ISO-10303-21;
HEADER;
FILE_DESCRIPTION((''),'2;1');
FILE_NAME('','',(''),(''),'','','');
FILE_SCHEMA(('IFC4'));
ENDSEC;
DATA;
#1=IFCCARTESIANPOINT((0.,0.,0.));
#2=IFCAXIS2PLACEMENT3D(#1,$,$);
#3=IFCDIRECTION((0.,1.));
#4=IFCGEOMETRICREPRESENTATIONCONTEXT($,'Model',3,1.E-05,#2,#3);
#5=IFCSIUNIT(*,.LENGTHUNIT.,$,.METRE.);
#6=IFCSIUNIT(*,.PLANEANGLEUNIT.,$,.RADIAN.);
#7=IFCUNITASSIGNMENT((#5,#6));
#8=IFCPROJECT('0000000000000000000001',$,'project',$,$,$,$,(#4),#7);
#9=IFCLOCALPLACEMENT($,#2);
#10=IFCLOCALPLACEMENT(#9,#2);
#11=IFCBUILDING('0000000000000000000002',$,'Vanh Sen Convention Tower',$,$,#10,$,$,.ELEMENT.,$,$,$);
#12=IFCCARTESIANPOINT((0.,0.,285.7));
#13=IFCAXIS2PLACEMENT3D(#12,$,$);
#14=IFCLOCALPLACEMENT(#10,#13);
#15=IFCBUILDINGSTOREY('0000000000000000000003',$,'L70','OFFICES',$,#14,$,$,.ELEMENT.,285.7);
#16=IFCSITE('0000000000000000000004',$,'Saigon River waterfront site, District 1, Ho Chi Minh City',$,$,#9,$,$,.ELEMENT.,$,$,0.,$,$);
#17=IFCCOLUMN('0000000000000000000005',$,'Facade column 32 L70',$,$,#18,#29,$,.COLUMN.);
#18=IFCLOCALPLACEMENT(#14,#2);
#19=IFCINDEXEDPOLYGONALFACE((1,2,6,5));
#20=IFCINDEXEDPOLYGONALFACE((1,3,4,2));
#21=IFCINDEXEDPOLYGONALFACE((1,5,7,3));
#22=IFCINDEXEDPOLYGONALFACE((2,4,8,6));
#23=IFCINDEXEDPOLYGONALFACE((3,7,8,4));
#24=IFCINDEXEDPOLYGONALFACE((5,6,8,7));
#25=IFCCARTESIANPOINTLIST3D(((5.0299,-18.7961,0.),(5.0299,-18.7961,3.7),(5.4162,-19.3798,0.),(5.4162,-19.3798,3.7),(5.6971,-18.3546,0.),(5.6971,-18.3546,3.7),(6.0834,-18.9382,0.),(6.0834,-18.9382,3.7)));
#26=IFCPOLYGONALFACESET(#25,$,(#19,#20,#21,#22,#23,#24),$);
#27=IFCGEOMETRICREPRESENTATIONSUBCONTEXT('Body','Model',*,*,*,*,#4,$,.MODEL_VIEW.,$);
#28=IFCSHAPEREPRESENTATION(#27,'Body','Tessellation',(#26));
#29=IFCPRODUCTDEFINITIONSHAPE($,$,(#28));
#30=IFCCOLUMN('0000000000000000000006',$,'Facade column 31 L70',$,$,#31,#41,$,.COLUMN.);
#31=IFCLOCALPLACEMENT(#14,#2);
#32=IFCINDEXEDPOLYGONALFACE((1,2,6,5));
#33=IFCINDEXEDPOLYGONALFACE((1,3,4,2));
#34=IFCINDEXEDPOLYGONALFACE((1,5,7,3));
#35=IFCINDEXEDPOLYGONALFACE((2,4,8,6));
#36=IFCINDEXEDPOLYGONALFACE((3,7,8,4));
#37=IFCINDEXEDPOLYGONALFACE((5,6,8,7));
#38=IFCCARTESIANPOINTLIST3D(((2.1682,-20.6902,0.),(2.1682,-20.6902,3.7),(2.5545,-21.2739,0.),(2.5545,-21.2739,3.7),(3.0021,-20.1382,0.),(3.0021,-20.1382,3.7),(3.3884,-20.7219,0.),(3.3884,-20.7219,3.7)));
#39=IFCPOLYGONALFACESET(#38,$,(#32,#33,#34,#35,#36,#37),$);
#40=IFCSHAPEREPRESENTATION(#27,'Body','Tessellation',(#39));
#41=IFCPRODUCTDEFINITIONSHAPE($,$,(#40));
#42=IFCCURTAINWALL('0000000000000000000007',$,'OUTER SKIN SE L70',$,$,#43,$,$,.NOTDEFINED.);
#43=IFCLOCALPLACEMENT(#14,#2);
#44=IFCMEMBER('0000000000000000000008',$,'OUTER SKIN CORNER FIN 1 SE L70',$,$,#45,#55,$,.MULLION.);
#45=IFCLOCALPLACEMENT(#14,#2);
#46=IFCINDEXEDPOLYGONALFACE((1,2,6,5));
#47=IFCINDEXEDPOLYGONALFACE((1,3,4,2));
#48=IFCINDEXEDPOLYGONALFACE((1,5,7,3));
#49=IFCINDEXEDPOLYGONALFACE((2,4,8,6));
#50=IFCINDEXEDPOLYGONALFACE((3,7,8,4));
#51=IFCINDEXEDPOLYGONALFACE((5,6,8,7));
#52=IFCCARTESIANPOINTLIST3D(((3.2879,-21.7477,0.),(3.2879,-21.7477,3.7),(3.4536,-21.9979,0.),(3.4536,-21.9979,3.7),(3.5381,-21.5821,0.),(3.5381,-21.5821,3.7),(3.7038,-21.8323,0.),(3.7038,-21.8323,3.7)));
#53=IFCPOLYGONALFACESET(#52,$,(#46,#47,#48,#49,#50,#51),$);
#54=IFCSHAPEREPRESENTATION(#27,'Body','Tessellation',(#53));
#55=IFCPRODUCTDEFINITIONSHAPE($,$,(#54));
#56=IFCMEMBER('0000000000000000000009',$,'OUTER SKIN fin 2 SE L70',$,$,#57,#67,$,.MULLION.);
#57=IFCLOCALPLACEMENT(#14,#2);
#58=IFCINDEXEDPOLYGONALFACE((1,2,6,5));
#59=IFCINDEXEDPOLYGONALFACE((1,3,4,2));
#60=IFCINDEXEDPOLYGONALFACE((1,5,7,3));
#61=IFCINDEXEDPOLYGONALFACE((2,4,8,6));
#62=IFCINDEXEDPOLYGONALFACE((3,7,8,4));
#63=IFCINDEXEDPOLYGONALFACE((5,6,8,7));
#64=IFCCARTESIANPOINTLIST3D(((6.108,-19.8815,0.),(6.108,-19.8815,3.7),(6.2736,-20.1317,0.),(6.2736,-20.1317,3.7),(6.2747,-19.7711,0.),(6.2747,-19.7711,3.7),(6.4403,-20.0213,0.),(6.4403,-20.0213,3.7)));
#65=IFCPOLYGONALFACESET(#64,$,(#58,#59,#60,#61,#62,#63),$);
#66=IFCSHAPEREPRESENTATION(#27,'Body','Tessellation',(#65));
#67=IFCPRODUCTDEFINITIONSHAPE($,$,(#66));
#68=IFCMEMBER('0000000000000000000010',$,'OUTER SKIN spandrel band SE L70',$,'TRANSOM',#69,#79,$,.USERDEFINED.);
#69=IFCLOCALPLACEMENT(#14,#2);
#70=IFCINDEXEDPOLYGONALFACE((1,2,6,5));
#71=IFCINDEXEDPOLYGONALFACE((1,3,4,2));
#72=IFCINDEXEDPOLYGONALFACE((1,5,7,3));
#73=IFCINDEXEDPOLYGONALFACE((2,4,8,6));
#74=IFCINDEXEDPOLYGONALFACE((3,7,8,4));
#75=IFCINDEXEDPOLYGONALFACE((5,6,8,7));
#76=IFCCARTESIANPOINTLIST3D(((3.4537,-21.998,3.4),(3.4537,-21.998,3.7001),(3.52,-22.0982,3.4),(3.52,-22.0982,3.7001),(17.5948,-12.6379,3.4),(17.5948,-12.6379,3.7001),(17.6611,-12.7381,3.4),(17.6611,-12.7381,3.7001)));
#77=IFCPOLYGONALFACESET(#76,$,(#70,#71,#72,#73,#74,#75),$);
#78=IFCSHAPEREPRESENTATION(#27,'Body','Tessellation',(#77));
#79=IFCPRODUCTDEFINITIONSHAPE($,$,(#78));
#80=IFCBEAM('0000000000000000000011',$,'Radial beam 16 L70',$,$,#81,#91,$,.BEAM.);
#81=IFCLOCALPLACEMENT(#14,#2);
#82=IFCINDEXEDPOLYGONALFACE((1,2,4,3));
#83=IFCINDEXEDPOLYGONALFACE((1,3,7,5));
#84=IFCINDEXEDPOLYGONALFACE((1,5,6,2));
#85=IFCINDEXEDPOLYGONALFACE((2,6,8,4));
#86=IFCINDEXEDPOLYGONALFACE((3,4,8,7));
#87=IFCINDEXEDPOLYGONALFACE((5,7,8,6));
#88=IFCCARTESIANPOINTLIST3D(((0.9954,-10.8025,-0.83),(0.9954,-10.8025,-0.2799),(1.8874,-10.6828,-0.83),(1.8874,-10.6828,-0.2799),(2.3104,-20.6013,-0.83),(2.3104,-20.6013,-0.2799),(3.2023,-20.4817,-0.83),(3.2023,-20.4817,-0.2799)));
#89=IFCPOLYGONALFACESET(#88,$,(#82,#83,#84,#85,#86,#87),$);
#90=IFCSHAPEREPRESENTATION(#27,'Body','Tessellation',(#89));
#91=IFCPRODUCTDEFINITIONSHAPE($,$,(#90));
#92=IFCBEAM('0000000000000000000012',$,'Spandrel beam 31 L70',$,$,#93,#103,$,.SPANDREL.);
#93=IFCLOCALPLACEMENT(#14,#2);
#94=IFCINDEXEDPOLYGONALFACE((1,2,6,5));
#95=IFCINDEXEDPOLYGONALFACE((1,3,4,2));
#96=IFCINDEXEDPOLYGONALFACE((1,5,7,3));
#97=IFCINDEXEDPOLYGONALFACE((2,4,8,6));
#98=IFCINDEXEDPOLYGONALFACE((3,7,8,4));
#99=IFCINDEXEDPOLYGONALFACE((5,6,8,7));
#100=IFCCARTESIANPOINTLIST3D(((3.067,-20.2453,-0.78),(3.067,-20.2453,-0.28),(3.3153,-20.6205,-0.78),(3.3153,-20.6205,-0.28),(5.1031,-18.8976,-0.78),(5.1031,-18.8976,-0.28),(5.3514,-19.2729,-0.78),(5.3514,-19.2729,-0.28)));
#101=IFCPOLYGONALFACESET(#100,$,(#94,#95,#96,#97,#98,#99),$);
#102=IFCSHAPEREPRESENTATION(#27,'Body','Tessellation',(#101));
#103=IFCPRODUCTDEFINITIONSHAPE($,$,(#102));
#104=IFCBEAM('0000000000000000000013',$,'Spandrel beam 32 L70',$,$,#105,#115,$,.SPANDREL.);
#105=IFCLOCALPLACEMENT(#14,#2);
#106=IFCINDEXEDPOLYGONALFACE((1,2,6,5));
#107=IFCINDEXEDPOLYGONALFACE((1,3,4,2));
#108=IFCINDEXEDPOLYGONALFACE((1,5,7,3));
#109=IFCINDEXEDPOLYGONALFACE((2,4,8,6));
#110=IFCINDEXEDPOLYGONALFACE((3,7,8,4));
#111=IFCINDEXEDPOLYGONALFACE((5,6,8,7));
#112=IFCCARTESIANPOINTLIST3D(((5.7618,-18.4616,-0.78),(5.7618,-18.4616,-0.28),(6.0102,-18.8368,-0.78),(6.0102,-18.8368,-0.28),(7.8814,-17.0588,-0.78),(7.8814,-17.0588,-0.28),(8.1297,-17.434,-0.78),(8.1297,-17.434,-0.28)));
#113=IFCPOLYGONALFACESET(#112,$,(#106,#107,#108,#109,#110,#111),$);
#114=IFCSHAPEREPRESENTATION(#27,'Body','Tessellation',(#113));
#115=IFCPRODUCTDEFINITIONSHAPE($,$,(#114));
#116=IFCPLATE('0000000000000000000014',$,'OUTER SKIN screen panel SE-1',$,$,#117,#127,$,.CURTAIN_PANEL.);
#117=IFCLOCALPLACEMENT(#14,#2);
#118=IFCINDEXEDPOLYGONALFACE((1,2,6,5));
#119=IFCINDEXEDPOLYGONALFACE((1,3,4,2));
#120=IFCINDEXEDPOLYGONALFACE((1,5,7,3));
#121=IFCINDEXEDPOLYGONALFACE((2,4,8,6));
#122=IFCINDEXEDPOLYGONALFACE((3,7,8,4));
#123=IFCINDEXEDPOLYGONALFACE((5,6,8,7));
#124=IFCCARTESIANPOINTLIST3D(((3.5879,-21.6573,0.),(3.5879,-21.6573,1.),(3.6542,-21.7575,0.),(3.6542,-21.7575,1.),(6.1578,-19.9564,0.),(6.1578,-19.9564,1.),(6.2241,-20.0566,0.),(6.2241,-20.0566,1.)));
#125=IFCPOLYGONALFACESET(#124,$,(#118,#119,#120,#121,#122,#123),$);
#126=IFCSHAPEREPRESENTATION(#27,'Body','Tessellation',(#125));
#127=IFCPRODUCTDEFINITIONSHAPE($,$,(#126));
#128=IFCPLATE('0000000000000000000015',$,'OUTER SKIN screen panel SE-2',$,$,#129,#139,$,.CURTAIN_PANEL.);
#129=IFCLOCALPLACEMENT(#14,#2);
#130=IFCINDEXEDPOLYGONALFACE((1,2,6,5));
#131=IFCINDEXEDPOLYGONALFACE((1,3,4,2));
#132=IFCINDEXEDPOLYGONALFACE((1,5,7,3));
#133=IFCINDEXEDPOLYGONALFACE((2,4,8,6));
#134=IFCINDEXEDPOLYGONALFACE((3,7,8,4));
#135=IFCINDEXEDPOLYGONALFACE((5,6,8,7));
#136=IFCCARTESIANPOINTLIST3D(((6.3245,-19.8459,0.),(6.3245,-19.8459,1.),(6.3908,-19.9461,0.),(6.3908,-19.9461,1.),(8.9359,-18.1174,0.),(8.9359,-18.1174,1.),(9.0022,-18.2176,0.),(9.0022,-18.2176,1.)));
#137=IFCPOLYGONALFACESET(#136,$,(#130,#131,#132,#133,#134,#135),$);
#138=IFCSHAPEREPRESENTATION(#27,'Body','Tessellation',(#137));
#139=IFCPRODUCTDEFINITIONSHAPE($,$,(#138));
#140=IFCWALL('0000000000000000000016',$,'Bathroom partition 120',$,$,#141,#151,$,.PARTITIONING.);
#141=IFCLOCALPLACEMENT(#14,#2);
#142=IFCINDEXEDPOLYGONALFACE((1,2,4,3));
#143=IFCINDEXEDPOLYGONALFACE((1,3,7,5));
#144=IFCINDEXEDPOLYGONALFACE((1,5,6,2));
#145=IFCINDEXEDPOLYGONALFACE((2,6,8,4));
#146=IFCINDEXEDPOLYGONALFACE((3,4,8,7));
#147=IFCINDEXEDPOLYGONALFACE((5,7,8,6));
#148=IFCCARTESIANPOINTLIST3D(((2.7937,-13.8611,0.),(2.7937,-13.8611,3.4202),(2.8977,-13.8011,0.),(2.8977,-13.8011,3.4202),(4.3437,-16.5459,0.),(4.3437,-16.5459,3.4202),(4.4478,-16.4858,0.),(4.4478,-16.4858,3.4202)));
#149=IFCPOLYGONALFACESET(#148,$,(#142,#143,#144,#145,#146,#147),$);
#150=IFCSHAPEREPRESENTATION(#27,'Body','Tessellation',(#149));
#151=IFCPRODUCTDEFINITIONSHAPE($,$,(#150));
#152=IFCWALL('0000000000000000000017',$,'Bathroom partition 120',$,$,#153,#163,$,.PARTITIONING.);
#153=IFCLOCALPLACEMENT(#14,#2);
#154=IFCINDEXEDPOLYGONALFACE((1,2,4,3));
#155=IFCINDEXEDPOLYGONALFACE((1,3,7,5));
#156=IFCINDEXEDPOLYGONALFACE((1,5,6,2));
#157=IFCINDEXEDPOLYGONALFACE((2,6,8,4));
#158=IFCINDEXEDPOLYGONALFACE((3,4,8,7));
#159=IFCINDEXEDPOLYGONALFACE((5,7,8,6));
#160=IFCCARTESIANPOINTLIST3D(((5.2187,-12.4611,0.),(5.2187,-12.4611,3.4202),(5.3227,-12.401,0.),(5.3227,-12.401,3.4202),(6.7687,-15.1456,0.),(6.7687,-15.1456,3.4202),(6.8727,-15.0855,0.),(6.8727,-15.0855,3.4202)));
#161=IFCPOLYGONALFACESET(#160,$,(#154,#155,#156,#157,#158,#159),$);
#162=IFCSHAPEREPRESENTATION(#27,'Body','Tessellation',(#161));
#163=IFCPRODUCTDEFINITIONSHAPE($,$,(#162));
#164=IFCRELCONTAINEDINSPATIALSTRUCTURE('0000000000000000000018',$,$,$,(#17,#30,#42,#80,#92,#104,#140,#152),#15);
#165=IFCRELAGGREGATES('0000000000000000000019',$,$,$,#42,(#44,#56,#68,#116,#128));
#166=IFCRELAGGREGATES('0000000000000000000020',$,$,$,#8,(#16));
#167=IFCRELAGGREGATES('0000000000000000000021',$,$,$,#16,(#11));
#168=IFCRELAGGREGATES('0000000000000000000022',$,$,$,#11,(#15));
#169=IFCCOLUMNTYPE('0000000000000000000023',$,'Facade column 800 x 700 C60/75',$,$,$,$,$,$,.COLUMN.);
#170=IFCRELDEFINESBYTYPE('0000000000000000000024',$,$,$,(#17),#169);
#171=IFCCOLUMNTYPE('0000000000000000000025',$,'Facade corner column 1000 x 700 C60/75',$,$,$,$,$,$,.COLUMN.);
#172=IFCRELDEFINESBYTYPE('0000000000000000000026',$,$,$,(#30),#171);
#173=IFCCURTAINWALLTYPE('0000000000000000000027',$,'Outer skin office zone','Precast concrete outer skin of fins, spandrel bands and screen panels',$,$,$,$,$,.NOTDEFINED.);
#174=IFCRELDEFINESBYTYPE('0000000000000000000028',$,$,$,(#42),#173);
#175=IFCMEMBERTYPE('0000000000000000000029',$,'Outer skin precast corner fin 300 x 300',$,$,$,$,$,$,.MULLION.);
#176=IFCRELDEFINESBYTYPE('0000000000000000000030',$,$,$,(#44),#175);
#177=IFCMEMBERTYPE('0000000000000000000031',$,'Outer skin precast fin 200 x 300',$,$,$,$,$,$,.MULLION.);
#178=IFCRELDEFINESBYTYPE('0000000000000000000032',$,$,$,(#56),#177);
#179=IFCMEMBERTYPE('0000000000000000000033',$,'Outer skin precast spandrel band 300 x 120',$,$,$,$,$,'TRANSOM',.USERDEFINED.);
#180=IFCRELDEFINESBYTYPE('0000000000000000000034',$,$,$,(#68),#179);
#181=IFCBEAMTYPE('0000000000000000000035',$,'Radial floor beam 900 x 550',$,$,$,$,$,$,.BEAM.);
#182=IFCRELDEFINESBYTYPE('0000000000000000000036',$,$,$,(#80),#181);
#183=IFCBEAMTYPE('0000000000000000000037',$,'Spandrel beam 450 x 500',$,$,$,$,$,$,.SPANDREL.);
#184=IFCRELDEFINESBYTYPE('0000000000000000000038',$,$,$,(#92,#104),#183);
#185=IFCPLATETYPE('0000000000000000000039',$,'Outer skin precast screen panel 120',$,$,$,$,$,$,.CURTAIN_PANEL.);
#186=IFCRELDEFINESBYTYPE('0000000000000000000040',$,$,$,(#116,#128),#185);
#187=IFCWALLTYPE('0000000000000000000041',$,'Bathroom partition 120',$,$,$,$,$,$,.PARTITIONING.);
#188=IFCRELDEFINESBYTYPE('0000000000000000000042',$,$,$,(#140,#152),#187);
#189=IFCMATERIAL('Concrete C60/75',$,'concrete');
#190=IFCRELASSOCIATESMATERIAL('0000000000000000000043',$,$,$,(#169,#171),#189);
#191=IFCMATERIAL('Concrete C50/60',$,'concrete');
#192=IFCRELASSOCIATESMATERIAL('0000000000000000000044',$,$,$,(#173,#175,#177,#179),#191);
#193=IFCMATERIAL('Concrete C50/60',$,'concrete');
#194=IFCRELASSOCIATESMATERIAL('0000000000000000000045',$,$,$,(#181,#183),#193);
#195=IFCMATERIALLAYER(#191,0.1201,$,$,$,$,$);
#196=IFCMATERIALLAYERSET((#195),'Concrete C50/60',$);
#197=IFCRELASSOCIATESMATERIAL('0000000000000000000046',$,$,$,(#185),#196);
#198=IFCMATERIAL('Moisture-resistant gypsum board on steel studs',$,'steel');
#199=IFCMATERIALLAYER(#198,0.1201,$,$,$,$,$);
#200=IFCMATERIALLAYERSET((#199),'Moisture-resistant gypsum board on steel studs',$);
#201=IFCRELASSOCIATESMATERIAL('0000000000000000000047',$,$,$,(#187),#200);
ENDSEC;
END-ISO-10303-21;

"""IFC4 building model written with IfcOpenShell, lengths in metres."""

from ifc_helpers import new_model, si_unit, direction, frame, frame_2d, origin, origin_2d, place, context, subcontext, project, spatial, rectangle, extrude, material, layer, layer_set, material_profile, profile_set, type_object, element, aggregate, save


model = new_model("IFC4")

# Units and contexts
model_context = context("Model", 3, precision=1e-05, world=origin(), true_north=direction((0.0, 1.0)))
body_context = subcontext(model_context, "Body", "Model", "MODEL_VIEW")
ifc_project = project(units=[si_unit("LENGTHUNIT", "METRE"), si_unit("PLANEANGLEUNIT", "RADIAN")], contexts=[model_context])

# Site, building, storey
site_placement = place(None, origin())
site = spatial("IfcSite", under=ifc_project, at=site_placement, Name="Saigon River waterfront site, District 1, Ho Chi Minh City", CompositionType="ELEMENT", RefElevation=0.0)
building_placement = place(site_placement, origin())
building = spatial("IfcBuilding", under=site, at=building_placement, Name="Vanh Sen Convention Tower", CompositionType="ELEMENT")
storey_placement = place(building_placement, frame((0.0, 0.0, 285.7)))
storey = spatial("IfcBuildingStorey", under=building, at=storey_placement, Name="L70", Description="OFFICES", CompositionType="ELEMENT", Elevation=285.7)

# Columns
ifc_material_1 = material(Name="Concrete C60/75", Category="concrete")
ifc_material_profile_1 = material_profile(ifc_material_1, rectangle(XDim=0.8, YDim=0.7, at=origin_2d()), Name="RC 800X700")
ifc_profile_set_1 = profile_set([ifc_material_profile_1], Name="Concrete C60/75")
column_type_1 = type_object("IfcColumnType", Name="Facade column 800 x 700 C60/75", PredefinedType="COLUMN", material=ifc_profile_set_1)
column_1_placement = place(storey_placement, frame((5.5566, -18.8672, 0.0), z_axis=(0.0, 0.0, 1.0), x_axis=(0.833886, 0.551937, 0.0)))
element("IfcColumn", 1, at=column_1_placement, inside=storey, type_object=column_type_1, Name="Facade column 32 L70", PredefinedType="COLUMN", context=body_context, shape_type="SweptSolid", body=[
    extrude(rectangle(XDim=0.8, YDim=0.7, at=origin_2d()), origin(), (0.0, 0.0, 1.0), 3.7),
])
ifc_material_profile_2 = material_profile(ifc_material_1, rectangle(XDim=1.0, YDim=0.7, at=origin_2d()), Name="RC 1000X700")
ifc_profile_set_2 = profile_set([ifc_material_profile_2], Name="Concrete C60/75")
column_type_2 = type_object("IfcColumnType", Name="Facade corner column 1000 x 700 C60/75", PredefinedType="COLUMN", material=ifc_profile_set_2)
column_2_placement = place(storey_placement, frame((2.7783, -20.7061, 0.0), z_axis=(0.0, 0.0, 1.0), x_axis=(0.833886, 0.551937, 0.0)))
element("IfcColumn", 2, at=column_2_placement, inside=storey, type_object=column_type_2, Name="Facade column 31 L70", PredefinedType="COLUMN", context=body_context, shape_type="SweptSolid", body=[
    extrude(rectangle(XDim=1.0, YDim=0.7, at=origin_2d()), origin(), (0.0, 0.0, 1.0), 3.7),
])

# Curtain wall, members
ifc_material_2 = material(Name="Concrete C50/60", Category="concrete")
curtain_wall_type = type_object("IfcCurtainWallType", Name="Outer skin office zone", Description="Precast concrete outer skin of fins, spandrel bands and screen panels", PredefinedType="NOTDEFINED", material=ifc_material_2)
curtain_wall_placement = place(storey_placement, origin())
curtain_wall = element("IfcCurtainWall", 3, at=curtain_wall_placement, inside=storey, type_object=curtain_wall_type, Name="OUTER SKIN SE L70", PredefinedType="NOTDEFINED")
ifc_material_profile_3 = material_profile(ifc_material_2, rectangle(XDim=0.3, YDim=0.3, at=origin_2d()), Name="Outer skin precast corner fin 300 x 300")
ifc_profile_set_3 = profile_set([ifc_material_profile_3], Name="Concrete C50/60")
member_type_1 = type_object("IfcMemberType", Name="Outer skin precast corner fin 300 x 300", PredefinedType="MULLION", material=ifc_profile_set_3)
member_1_placement = place(storey_placement, frame((3.4958, -21.79, 0.0), z_axis=(0.0, 0.0, 1.0), x_axis=(0.833886, 0.551937, 0.0)))
member_1 = element("IfcMember", 4, at=member_1_placement, type_object=member_type_1, Name="OUTER SKIN CORNER FIN 1 SE L70", PredefinedType="MULLION", context=body_context, shape_type="SweptSolid", body=[
    extrude(rectangle(XDim=0.3, YDim=0.3, at=origin_2d()), origin(), (0.0, 0.0, 1.0), 3.7),
])
ifc_material_profile_4 = material_profile(ifc_material_2, rectangle(XDim=0.2, YDim=0.3, at=origin_2d()), Name="Outer skin precast fin 200 x 300")
ifc_profile_set_4 = profile_set([ifc_material_profile_4], Name="Concrete C50/60")
member_type_2 = type_object("IfcMemberType", Name="Outer skin precast fin 200 x 300", PredefinedType="MULLION", material=ifc_profile_set_4)
member_2_placement = place(storey_placement, frame((6.2742, -19.9514, 0.0), z_axis=(0.0, 0.0, 1.0), x_axis=(0.833886, 0.551937, 0.0)))
member_2 = element("IfcMember", 5, at=member_2_placement, type_object=member_type_2, Name="OUTER SKIN fin 2 SE L70", PredefinedType="MULLION", context=body_context, shape_type="SweptSolid", body=[
    extrude(rectangle(XDim=0.2, YDim=0.3, at=origin_2d()), origin(), (0.0, 0.0, 1.0), 3.7),
])
ifc_material_profile_5 = material_profile(ifc_material_2, rectangle(XDim=0.1201, YDim=0.3, at=origin_2d()), Name="Outer skin precast spandrel band 300 x 120")
ifc_profile_set_5 = profile_set([ifc_material_profile_5], Name="Concrete C50/60")
member_type_3 = type_object("IfcMemberType", Name="Outer skin precast spandrel band 300 x 120", ElementType="TRANSOM", PredefinedType="USERDEFINED", material=ifc_profile_set_5)
member_3_placement = place(storey_placement, frame((3.4868, -22.0481, 3.55), z_axis=(0.833877, 0.55195, 0.0), x_axis=(-0.55195, 0.833877, 0.0)))
member_3 = element("IfcMember", 6, at=member_3_placement, type_object=member_type_3, Name="OUTER SKIN spandrel band SE L70", ObjectType="TRANSOM", PredefinedType="USERDEFINED", context=body_context, shape_type="SweptSolid", body=[
    extrude(rectangle(XDim=0.1201, YDim=0.3, at=origin_2d()), origin(), (0.0, 0.0, 1.0), 16.9583),
])

# Beams
ifc_material_3 = material(Name="Concrete C50/60", Category="concrete")
ifc_material_profile_6 = material_profile(ifc_material_3, rectangle(XDim=0.8999, YDim=0.55, at=origin_2d()), Name="RC 900X550")
ifc_profile_set_6 = profile_set([ifc_material_profile_6], Name="Concrete C50/60")
beam_type_1 = type_object("IfcBeamType", Name="Radial floor beam 900 x 550", PredefinedType="BEAM", material=ifc_profile_set_6)
beam_1_placement = place(storey_placement, frame((2.7563, -20.5415, -0.5549), z_axis=(-0.133002, 0.991116, 0.0), x_axis=(-0.991116, -0.133002, 0.0)))
element("IfcBeam", 7, at=beam_1_placement, inside=storey, type_object=beam_type_1, Name="Radial beam 16 L70", PredefinedType="BEAM", context=body_context, shape_type="SweptSolid", body=[
    extrude(rectangle(XDim=0.8999, YDim=0.55, at=origin_2d()), origin(), (0.0, 0.0, 1.0), 9.8867),
])
ifc_material_profile_7 = material_profile(ifc_material_3, rectangle(XDim=0.45, YDim=0.5, at=origin_2d()), Name="RC 450X500")
ifc_profile_set_7 = profile_set([ifc_material_profile_7], Name="Concrete C50/60")
beam_type_2 = type_object("IfcBeamType", Name="Spandrel beam 450 x 500", PredefinedType="SPANDREL", material=ifc_profile_set_7)
beam_2_placement = place(storey_placement, frame((3.1912, -20.4329, -0.53), z_axis=(0.833892, 0.551928, 0.0), x_axis=(-0.551928, 0.833892, 0.0)))
element("IfcBeam", 8, at=beam_2_placement, inside=storey, type_object=beam_type_2, Name="Spandrel beam 31 L70", PredefinedType="SPANDREL", context=body_context, shape_type="SweptSolid", body=[
    extrude(rectangle(XDim=0.45, YDim=0.5, at=origin_2d()), origin(), (0.0, 0.0, 1.0), 2.4417),
])
beam_3_placement = place(storey_placement, frame((5.886, -18.6492, -0.53), z_axis=(0.833908, 0.551904, 0.0), x_axis=(-0.551904, 0.833908, 0.0)))
element("IfcBeam", 9, at=beam_3_placement, inside=storey, type_object=beam_type_2, Name="Spandrel beam 32 L70", PredefinedType="SPANDREL", context=body_context, shape_type="SweptSolid", body=[
    extrude(rectangle(XDim=0.45, YDim=0.5, at=origin_2d()), origin(), (0.0, 0.0, 1.0), 2.5417),
])

# Plates
ifc_layer_1 = layer(ifc_material_2, 0.1201)
ifc_layer_set_1 = layer_set([ifc_layer_1], Name="Concrete C50/60")
plate_type = type_object("IfcPlateType", Name="Outer skin precast screen panel 120", PredefinedType="CURTAIN_PANEL", material=ifc_layer_set_1)
plate_1_placement = place(storey_placement, frame((4.906, -20.8569, 0.0), z_axis=(0.0, 0.0, 1.0), x_axis=(0.833902, 0.551912, 0.0)))
plate_1 = element("IfcPlate", 10, at=plate_1_placement, type_object=plate_type, Name="OUTER SKIN screen panel SE-1", PredefinedType="CURTAIN_PANEL", context=body_context, shape_type="SweptSolid", body=[
    extrude(rectangle(XDim=3.0818, YDim=0.1201, at=origin_2d()), origin(), (0.0, 0.0, 1.0), 1.0),
])
plate_2_placement = place(storey_placement, frame((7.6633, -19.0317, 0.0), z_axis=(0.0, 0.0, 1.0), x_axis=(0.833879, 0.551947, 0.0)))
plate_2 = element("IfcPlate", 11, at=plate_2_placement, type_object=plate_type, Name="OUTER SKIN screen panel SE-2", PredefinedType="CURTAIN_PANEL", context=body_context, shape_type="SweptSolid", body=[
    extrude(rectangle(XDim=3.1316, YDim=0.1201, at=origin_2d()), origin(), (0.0, 0.0, 1.0), 1.0),
])
aggregate(curtain_wall, [member_1, member_2, member_3, plate_1, plate_2])

# Walls
ifc_material_4 = material(Name="Moisture-resistant gypsum board on steel studs", Category="steel")
ifc_layer_2 = layer(ifc_material_4, 0.1201)
ifc_layer_set_2 = layer_set([ifc_layer_2], Name="Moisture-resistant gypsum board on steel studs")
wall_type_1 = type_object("IfcWallType", Name="Bathroom partition 120", PredefinedType="PARTITIONING", material=ifc_layer_set_2)
wall_1_placement = place(storey_placement, frame((4.3958, -16.5159, 0.0), z_axis=(0.0, 0.0, 1.0), x_axis=(-0.499993, 0.86603, 0.0)))
element("IfcWall", 12, at=wall_1_placement, inside=storey, type_object=wall_type_1, Name="Bathroom partition 120", PredefinedType="PARTITIONING", context=body_context, shape_type="SweptSolid", body=[
    extrude(rectangle(XDim=3.1001, YDim=0.1201, at=frame_2d((1.55, 0.0))), origin(), (0.0, 0.0, 1.0), 3.4202),
])
wall_2_placement = place(storey_placement, frame((5.2708, -12.4312, 0.0), z_axis=(0.0, 0.0, 1.0), x_axis=(0.500027, -0.86601, 0.0)))
element("IfcWall", 13, at=wall_2_placement, inside=storey, type_object=wall_type_1, Name="Bathroom partition 120", PredefinedType="PARTITIONING", context=body_context, shape_type="SweptSolid", body=[
    extrude(rectangle(XDim=3.0999, YDim=0.1201, at=frame_2d((1.5498, 0.0))), origin(), (0.0, 0.0, 1.0), 3.4202),
])

save(model, "model.ifc")
